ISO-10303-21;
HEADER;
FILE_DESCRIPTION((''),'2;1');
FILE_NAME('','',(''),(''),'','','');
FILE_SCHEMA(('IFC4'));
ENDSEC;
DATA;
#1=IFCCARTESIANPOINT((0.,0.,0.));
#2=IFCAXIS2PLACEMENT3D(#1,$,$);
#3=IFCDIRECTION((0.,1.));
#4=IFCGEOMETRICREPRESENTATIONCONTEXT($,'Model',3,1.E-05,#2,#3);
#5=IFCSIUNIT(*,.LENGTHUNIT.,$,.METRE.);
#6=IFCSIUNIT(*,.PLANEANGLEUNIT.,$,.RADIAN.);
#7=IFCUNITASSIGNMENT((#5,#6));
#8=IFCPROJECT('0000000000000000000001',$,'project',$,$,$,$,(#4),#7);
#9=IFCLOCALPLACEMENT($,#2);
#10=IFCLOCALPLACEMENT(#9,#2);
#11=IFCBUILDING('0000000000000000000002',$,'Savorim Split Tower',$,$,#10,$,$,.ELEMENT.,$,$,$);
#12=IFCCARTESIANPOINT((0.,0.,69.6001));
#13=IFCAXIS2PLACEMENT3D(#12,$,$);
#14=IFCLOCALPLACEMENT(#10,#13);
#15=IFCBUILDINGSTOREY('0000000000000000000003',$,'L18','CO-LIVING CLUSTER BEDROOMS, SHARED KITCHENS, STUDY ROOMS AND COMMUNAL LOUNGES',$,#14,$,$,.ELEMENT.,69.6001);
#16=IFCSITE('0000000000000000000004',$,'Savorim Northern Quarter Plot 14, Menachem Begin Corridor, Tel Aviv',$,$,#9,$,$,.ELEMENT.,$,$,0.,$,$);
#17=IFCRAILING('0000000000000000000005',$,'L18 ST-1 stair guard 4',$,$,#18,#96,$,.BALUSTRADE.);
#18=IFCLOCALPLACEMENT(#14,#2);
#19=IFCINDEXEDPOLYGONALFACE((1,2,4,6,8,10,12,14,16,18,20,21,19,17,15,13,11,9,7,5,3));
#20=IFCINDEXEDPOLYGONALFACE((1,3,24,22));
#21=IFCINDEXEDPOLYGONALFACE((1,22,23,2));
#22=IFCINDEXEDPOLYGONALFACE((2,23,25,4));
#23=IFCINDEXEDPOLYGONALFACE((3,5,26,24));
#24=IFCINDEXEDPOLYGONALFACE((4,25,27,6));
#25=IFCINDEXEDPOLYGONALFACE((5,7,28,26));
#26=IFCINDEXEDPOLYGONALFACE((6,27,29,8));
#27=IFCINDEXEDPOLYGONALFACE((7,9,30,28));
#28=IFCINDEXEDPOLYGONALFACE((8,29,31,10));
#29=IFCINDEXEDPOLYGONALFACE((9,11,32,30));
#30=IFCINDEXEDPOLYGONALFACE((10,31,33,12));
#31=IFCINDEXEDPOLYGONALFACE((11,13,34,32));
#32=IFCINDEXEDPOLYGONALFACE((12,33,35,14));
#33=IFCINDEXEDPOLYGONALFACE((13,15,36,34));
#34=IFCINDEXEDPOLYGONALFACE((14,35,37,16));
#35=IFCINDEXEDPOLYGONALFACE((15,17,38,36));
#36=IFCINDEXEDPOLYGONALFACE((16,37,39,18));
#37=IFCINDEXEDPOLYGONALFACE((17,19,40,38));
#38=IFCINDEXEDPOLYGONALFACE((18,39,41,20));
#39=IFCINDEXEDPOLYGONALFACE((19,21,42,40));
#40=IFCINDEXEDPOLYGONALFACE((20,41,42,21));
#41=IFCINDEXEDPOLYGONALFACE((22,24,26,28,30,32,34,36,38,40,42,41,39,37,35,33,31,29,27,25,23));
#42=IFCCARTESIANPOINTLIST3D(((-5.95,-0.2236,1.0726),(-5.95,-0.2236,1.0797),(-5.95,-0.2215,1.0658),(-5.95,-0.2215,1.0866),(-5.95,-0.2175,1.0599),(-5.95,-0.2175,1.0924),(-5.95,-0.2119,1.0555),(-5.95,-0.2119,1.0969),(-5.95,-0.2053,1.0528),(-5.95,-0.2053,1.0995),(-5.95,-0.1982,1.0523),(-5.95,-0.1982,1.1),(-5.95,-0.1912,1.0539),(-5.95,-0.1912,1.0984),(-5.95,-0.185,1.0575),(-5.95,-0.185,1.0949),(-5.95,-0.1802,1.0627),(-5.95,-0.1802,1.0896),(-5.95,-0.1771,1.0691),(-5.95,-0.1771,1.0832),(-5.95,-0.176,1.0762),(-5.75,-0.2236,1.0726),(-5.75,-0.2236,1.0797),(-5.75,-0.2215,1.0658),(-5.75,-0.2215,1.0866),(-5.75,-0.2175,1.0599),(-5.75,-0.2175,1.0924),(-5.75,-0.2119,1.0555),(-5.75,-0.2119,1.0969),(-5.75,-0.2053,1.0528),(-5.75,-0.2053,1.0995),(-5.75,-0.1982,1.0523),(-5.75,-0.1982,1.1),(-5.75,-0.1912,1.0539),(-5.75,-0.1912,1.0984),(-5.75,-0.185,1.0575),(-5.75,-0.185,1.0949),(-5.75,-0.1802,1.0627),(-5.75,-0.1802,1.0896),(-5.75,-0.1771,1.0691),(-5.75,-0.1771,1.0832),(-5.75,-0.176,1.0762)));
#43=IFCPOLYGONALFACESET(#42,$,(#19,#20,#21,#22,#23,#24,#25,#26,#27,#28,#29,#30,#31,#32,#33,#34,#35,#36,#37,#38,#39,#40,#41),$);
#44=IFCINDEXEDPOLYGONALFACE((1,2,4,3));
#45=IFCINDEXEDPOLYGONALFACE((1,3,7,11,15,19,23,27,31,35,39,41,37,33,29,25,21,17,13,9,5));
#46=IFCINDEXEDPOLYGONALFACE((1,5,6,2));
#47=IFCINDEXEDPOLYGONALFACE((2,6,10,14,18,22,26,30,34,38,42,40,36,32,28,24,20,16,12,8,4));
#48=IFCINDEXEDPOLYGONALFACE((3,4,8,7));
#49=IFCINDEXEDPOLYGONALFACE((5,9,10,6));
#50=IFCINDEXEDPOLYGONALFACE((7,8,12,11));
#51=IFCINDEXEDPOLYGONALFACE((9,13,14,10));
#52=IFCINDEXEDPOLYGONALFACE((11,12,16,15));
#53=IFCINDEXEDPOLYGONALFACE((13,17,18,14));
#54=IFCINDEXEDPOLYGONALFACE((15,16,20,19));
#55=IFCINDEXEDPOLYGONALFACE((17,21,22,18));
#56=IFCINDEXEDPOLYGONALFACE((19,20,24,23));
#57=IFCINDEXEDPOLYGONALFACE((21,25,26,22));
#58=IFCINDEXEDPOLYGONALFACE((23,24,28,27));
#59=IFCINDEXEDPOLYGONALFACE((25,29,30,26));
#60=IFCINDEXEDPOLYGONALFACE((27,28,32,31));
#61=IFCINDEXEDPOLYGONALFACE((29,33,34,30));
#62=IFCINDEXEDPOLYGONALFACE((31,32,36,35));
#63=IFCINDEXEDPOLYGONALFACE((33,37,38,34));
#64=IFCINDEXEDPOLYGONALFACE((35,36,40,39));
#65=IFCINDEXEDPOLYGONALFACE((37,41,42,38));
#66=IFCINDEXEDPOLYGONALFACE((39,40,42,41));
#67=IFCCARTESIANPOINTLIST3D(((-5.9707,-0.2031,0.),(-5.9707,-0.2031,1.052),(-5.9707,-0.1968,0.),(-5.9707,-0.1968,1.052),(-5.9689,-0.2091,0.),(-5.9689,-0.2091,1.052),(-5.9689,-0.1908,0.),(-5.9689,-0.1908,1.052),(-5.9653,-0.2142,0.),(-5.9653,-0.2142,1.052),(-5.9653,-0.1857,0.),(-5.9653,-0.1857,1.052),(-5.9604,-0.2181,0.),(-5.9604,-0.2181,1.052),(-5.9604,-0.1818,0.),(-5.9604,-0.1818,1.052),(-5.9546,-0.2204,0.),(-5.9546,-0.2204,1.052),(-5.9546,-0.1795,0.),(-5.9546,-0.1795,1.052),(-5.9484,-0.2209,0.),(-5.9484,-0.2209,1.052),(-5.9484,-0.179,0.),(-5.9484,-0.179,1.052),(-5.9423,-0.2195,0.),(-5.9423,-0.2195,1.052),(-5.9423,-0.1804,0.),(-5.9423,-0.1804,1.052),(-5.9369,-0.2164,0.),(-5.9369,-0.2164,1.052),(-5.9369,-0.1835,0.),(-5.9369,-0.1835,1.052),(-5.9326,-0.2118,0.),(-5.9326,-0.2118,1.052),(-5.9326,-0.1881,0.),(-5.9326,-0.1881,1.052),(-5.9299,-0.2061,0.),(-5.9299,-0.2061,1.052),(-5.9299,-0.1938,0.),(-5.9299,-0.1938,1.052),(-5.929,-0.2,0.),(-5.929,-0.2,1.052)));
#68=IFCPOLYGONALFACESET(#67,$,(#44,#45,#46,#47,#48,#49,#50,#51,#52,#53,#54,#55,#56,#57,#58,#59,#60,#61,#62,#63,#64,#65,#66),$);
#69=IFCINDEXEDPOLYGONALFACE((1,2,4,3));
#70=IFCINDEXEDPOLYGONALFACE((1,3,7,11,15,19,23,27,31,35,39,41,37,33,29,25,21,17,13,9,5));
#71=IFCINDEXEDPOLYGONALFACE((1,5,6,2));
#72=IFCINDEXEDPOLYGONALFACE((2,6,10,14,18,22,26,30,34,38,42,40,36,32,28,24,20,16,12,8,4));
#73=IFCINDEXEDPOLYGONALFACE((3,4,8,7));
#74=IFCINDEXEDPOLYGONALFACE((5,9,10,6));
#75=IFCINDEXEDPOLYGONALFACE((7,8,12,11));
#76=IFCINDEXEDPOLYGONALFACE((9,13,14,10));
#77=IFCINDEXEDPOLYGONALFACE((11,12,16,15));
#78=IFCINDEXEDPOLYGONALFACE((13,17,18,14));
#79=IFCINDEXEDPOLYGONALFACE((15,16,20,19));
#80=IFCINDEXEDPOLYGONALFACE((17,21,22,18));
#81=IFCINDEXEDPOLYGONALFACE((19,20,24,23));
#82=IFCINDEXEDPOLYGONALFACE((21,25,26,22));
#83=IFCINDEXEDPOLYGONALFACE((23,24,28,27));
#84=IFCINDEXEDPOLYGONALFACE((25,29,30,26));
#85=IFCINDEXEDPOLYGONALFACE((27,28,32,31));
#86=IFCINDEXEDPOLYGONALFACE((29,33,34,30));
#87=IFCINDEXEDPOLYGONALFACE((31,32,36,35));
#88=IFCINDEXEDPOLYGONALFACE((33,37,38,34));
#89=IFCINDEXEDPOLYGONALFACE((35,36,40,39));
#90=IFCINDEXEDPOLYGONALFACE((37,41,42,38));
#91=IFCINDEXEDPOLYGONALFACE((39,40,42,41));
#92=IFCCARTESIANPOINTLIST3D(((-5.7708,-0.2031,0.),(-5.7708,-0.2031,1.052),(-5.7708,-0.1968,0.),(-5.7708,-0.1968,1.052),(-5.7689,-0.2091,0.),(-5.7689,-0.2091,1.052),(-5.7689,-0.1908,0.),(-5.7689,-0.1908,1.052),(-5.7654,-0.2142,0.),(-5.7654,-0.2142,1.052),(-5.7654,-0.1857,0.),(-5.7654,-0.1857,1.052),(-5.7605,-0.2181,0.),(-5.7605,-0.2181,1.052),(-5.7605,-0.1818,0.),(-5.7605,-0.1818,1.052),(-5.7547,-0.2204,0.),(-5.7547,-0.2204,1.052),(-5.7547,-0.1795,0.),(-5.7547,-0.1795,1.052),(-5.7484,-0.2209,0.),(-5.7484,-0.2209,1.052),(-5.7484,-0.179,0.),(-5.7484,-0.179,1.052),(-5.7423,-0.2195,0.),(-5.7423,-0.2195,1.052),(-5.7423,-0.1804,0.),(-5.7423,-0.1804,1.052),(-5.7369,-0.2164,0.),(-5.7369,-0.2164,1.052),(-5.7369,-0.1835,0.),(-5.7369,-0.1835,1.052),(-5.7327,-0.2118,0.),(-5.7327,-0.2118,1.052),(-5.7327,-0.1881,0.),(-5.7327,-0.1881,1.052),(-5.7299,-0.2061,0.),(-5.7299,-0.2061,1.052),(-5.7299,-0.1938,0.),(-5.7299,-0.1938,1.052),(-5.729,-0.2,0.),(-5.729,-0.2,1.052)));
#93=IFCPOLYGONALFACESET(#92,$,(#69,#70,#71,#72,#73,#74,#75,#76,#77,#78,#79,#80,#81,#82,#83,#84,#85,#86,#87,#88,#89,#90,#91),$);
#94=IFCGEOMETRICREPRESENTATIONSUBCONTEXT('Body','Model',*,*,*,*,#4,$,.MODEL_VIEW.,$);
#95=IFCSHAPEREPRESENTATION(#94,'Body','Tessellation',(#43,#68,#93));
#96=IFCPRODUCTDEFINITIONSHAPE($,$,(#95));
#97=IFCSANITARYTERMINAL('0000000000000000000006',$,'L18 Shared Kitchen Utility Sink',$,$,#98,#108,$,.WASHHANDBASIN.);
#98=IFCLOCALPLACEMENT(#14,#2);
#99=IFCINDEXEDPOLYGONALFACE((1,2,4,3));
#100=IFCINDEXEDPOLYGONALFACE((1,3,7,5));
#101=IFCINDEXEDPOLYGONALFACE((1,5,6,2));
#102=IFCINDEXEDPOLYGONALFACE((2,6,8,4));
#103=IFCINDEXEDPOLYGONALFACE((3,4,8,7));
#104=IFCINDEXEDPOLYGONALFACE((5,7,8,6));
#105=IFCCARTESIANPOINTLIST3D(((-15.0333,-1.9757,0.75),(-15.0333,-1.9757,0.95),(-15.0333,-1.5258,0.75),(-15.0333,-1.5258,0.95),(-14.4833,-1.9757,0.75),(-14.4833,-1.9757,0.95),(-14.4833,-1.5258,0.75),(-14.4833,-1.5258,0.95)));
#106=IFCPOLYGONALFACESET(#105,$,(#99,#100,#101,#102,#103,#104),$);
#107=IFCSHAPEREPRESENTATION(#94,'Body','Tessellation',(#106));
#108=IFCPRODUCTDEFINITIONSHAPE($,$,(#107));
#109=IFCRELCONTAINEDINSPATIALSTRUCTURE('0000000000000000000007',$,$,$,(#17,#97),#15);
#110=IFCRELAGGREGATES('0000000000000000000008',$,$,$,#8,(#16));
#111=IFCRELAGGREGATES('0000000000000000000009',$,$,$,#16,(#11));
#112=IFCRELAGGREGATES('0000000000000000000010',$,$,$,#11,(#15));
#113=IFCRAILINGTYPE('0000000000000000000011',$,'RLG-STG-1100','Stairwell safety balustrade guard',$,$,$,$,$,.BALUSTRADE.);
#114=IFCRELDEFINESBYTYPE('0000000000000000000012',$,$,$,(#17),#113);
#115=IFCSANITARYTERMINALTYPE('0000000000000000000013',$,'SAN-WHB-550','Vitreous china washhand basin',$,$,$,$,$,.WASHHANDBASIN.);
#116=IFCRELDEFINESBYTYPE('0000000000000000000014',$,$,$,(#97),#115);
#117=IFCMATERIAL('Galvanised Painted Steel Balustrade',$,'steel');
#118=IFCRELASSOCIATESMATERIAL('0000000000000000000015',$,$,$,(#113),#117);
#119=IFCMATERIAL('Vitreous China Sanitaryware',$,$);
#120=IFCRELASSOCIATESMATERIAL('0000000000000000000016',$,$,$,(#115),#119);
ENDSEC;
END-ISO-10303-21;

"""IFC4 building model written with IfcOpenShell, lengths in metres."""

from ifc_helpers import new_model, si_unit, direction, frame, origin, origin_2d, place, context, subcontext, project, spatial, rectangle, circle, extrude, material, type_object, element, save


model = new_model("IFC4")

# Units and contexts
model_context = context("Model", 3, precision=1e-05, world=origin(), true_north=direction((0.0, 1.0)))
body_context = subcontext(model_context, "Body", "Model", "MODEL_VIEW")
ifc_project = project(units=[si_unit("LENGTHUNIT", "METRE"), si_unit("PLANEANGLEUNIT", "RADIAN")], contexts=[model_context])

# Site, building, storey
site_placement = place(None, origin())
site = spatial("IfcSite", under=ifc_project, at=site_placement, Name="Savorim Northern Quarter Plot 14, Menachem Begin Corridor, Tel Aviv", CompositionType="ELEMENT", RefElevation=0.0)
building_placement = place(site_placement, origin())
building = spatial("IfcBuilding", under=site, at=building_placement, Name="Savorim Split Tower", CompositionType="ELEMENT")
storey_placement = place(building_placement, frame((0.0, 0.0, 69.6001)))
storey = spatial("IfcBuildingStorey", under=building, at=storey_placement, Name="L18", Description="CO-LIVING CLUSTER BEDROOMS, SHARED KITCHENS, STUDY ROOMS AND COMMUNAL LOUNGES", CompositionType="ELEMENT", Elevation=69.6001)

# Railing
ifc_material_1 = material(Name="Galvanised Painted Steel Balustrade", Category="steel")
railing_type_1 = type_object("IfcRailingType", Name="RLG-STG-1100", Description="Stairwell safety balustrade guard", PredefinedType="BALUSTRADE", material=ifc_material_1)
railing_1_placement = place(storey_placement, frame((-5.95, -0.2, 0.0)))
element("IfcRailing", 1, at=railing_1_placement, inside=storey, type_object=railing_type_1, Name="L18 ST-1 stair guard 4", PredefinedType="BALUSTRADE", context=body_context, shape_type="SweptSolid", body=[
    extrude(circle(Radius=0.0239, at=origin_2d()), frame((0.0, 0.0, 1.0762), z_axis=(1.0, 0.0, 0.0), x_axis=(0.0, 1.0, 0.0)), (0.0, 0.0, 1.0), 0.2),
    extrude(circle(Radius=0.021, at=origin_2d()), origin(), (0.0, 0.0, 1.0), 1.052),
    extrude(circle(Radius=0.021, at=origin_2d()), frame((0.2, 0.0, 0.0)), (0.0, 0.0, 1.0), 1.052),
])

# Sanitary terminal
ifc_material_2 = material(Name="Vitreous China Sanitaryware")
sanitary_terminal_type = type_object("IfcSanitaryTerminalType", Name="SAN-WHB-550", Description="Vitreous china washhand basin", PredefinedType="WASHHANDBASIN", material=ifc_material_2)
sanitary_terminal_placement = place(storey_placement, frame((-14.7583, -1.7507, 0.75), z_axis=(0.0, 0.0, 1.0), x_axis=(1.0, 0.0, 0.0)))
element("IfcSanitaryTerminal", 2, at=sanitary_terminal_placement, inside=storey, type_object=sanitary_terminal_type, Name="L18 Shared Kitchen Utility Sink", PredefinedType="WASHHANDBASIN", context=body_context, shape_type="SweptSolid", body=[
    extrude(rectangle(XDim=0.55, YDim=0.45, at=origin_2d()), origin(), (0.0, 0.0, 1.0), 0.2),
])

save(model, "model.ifc")
